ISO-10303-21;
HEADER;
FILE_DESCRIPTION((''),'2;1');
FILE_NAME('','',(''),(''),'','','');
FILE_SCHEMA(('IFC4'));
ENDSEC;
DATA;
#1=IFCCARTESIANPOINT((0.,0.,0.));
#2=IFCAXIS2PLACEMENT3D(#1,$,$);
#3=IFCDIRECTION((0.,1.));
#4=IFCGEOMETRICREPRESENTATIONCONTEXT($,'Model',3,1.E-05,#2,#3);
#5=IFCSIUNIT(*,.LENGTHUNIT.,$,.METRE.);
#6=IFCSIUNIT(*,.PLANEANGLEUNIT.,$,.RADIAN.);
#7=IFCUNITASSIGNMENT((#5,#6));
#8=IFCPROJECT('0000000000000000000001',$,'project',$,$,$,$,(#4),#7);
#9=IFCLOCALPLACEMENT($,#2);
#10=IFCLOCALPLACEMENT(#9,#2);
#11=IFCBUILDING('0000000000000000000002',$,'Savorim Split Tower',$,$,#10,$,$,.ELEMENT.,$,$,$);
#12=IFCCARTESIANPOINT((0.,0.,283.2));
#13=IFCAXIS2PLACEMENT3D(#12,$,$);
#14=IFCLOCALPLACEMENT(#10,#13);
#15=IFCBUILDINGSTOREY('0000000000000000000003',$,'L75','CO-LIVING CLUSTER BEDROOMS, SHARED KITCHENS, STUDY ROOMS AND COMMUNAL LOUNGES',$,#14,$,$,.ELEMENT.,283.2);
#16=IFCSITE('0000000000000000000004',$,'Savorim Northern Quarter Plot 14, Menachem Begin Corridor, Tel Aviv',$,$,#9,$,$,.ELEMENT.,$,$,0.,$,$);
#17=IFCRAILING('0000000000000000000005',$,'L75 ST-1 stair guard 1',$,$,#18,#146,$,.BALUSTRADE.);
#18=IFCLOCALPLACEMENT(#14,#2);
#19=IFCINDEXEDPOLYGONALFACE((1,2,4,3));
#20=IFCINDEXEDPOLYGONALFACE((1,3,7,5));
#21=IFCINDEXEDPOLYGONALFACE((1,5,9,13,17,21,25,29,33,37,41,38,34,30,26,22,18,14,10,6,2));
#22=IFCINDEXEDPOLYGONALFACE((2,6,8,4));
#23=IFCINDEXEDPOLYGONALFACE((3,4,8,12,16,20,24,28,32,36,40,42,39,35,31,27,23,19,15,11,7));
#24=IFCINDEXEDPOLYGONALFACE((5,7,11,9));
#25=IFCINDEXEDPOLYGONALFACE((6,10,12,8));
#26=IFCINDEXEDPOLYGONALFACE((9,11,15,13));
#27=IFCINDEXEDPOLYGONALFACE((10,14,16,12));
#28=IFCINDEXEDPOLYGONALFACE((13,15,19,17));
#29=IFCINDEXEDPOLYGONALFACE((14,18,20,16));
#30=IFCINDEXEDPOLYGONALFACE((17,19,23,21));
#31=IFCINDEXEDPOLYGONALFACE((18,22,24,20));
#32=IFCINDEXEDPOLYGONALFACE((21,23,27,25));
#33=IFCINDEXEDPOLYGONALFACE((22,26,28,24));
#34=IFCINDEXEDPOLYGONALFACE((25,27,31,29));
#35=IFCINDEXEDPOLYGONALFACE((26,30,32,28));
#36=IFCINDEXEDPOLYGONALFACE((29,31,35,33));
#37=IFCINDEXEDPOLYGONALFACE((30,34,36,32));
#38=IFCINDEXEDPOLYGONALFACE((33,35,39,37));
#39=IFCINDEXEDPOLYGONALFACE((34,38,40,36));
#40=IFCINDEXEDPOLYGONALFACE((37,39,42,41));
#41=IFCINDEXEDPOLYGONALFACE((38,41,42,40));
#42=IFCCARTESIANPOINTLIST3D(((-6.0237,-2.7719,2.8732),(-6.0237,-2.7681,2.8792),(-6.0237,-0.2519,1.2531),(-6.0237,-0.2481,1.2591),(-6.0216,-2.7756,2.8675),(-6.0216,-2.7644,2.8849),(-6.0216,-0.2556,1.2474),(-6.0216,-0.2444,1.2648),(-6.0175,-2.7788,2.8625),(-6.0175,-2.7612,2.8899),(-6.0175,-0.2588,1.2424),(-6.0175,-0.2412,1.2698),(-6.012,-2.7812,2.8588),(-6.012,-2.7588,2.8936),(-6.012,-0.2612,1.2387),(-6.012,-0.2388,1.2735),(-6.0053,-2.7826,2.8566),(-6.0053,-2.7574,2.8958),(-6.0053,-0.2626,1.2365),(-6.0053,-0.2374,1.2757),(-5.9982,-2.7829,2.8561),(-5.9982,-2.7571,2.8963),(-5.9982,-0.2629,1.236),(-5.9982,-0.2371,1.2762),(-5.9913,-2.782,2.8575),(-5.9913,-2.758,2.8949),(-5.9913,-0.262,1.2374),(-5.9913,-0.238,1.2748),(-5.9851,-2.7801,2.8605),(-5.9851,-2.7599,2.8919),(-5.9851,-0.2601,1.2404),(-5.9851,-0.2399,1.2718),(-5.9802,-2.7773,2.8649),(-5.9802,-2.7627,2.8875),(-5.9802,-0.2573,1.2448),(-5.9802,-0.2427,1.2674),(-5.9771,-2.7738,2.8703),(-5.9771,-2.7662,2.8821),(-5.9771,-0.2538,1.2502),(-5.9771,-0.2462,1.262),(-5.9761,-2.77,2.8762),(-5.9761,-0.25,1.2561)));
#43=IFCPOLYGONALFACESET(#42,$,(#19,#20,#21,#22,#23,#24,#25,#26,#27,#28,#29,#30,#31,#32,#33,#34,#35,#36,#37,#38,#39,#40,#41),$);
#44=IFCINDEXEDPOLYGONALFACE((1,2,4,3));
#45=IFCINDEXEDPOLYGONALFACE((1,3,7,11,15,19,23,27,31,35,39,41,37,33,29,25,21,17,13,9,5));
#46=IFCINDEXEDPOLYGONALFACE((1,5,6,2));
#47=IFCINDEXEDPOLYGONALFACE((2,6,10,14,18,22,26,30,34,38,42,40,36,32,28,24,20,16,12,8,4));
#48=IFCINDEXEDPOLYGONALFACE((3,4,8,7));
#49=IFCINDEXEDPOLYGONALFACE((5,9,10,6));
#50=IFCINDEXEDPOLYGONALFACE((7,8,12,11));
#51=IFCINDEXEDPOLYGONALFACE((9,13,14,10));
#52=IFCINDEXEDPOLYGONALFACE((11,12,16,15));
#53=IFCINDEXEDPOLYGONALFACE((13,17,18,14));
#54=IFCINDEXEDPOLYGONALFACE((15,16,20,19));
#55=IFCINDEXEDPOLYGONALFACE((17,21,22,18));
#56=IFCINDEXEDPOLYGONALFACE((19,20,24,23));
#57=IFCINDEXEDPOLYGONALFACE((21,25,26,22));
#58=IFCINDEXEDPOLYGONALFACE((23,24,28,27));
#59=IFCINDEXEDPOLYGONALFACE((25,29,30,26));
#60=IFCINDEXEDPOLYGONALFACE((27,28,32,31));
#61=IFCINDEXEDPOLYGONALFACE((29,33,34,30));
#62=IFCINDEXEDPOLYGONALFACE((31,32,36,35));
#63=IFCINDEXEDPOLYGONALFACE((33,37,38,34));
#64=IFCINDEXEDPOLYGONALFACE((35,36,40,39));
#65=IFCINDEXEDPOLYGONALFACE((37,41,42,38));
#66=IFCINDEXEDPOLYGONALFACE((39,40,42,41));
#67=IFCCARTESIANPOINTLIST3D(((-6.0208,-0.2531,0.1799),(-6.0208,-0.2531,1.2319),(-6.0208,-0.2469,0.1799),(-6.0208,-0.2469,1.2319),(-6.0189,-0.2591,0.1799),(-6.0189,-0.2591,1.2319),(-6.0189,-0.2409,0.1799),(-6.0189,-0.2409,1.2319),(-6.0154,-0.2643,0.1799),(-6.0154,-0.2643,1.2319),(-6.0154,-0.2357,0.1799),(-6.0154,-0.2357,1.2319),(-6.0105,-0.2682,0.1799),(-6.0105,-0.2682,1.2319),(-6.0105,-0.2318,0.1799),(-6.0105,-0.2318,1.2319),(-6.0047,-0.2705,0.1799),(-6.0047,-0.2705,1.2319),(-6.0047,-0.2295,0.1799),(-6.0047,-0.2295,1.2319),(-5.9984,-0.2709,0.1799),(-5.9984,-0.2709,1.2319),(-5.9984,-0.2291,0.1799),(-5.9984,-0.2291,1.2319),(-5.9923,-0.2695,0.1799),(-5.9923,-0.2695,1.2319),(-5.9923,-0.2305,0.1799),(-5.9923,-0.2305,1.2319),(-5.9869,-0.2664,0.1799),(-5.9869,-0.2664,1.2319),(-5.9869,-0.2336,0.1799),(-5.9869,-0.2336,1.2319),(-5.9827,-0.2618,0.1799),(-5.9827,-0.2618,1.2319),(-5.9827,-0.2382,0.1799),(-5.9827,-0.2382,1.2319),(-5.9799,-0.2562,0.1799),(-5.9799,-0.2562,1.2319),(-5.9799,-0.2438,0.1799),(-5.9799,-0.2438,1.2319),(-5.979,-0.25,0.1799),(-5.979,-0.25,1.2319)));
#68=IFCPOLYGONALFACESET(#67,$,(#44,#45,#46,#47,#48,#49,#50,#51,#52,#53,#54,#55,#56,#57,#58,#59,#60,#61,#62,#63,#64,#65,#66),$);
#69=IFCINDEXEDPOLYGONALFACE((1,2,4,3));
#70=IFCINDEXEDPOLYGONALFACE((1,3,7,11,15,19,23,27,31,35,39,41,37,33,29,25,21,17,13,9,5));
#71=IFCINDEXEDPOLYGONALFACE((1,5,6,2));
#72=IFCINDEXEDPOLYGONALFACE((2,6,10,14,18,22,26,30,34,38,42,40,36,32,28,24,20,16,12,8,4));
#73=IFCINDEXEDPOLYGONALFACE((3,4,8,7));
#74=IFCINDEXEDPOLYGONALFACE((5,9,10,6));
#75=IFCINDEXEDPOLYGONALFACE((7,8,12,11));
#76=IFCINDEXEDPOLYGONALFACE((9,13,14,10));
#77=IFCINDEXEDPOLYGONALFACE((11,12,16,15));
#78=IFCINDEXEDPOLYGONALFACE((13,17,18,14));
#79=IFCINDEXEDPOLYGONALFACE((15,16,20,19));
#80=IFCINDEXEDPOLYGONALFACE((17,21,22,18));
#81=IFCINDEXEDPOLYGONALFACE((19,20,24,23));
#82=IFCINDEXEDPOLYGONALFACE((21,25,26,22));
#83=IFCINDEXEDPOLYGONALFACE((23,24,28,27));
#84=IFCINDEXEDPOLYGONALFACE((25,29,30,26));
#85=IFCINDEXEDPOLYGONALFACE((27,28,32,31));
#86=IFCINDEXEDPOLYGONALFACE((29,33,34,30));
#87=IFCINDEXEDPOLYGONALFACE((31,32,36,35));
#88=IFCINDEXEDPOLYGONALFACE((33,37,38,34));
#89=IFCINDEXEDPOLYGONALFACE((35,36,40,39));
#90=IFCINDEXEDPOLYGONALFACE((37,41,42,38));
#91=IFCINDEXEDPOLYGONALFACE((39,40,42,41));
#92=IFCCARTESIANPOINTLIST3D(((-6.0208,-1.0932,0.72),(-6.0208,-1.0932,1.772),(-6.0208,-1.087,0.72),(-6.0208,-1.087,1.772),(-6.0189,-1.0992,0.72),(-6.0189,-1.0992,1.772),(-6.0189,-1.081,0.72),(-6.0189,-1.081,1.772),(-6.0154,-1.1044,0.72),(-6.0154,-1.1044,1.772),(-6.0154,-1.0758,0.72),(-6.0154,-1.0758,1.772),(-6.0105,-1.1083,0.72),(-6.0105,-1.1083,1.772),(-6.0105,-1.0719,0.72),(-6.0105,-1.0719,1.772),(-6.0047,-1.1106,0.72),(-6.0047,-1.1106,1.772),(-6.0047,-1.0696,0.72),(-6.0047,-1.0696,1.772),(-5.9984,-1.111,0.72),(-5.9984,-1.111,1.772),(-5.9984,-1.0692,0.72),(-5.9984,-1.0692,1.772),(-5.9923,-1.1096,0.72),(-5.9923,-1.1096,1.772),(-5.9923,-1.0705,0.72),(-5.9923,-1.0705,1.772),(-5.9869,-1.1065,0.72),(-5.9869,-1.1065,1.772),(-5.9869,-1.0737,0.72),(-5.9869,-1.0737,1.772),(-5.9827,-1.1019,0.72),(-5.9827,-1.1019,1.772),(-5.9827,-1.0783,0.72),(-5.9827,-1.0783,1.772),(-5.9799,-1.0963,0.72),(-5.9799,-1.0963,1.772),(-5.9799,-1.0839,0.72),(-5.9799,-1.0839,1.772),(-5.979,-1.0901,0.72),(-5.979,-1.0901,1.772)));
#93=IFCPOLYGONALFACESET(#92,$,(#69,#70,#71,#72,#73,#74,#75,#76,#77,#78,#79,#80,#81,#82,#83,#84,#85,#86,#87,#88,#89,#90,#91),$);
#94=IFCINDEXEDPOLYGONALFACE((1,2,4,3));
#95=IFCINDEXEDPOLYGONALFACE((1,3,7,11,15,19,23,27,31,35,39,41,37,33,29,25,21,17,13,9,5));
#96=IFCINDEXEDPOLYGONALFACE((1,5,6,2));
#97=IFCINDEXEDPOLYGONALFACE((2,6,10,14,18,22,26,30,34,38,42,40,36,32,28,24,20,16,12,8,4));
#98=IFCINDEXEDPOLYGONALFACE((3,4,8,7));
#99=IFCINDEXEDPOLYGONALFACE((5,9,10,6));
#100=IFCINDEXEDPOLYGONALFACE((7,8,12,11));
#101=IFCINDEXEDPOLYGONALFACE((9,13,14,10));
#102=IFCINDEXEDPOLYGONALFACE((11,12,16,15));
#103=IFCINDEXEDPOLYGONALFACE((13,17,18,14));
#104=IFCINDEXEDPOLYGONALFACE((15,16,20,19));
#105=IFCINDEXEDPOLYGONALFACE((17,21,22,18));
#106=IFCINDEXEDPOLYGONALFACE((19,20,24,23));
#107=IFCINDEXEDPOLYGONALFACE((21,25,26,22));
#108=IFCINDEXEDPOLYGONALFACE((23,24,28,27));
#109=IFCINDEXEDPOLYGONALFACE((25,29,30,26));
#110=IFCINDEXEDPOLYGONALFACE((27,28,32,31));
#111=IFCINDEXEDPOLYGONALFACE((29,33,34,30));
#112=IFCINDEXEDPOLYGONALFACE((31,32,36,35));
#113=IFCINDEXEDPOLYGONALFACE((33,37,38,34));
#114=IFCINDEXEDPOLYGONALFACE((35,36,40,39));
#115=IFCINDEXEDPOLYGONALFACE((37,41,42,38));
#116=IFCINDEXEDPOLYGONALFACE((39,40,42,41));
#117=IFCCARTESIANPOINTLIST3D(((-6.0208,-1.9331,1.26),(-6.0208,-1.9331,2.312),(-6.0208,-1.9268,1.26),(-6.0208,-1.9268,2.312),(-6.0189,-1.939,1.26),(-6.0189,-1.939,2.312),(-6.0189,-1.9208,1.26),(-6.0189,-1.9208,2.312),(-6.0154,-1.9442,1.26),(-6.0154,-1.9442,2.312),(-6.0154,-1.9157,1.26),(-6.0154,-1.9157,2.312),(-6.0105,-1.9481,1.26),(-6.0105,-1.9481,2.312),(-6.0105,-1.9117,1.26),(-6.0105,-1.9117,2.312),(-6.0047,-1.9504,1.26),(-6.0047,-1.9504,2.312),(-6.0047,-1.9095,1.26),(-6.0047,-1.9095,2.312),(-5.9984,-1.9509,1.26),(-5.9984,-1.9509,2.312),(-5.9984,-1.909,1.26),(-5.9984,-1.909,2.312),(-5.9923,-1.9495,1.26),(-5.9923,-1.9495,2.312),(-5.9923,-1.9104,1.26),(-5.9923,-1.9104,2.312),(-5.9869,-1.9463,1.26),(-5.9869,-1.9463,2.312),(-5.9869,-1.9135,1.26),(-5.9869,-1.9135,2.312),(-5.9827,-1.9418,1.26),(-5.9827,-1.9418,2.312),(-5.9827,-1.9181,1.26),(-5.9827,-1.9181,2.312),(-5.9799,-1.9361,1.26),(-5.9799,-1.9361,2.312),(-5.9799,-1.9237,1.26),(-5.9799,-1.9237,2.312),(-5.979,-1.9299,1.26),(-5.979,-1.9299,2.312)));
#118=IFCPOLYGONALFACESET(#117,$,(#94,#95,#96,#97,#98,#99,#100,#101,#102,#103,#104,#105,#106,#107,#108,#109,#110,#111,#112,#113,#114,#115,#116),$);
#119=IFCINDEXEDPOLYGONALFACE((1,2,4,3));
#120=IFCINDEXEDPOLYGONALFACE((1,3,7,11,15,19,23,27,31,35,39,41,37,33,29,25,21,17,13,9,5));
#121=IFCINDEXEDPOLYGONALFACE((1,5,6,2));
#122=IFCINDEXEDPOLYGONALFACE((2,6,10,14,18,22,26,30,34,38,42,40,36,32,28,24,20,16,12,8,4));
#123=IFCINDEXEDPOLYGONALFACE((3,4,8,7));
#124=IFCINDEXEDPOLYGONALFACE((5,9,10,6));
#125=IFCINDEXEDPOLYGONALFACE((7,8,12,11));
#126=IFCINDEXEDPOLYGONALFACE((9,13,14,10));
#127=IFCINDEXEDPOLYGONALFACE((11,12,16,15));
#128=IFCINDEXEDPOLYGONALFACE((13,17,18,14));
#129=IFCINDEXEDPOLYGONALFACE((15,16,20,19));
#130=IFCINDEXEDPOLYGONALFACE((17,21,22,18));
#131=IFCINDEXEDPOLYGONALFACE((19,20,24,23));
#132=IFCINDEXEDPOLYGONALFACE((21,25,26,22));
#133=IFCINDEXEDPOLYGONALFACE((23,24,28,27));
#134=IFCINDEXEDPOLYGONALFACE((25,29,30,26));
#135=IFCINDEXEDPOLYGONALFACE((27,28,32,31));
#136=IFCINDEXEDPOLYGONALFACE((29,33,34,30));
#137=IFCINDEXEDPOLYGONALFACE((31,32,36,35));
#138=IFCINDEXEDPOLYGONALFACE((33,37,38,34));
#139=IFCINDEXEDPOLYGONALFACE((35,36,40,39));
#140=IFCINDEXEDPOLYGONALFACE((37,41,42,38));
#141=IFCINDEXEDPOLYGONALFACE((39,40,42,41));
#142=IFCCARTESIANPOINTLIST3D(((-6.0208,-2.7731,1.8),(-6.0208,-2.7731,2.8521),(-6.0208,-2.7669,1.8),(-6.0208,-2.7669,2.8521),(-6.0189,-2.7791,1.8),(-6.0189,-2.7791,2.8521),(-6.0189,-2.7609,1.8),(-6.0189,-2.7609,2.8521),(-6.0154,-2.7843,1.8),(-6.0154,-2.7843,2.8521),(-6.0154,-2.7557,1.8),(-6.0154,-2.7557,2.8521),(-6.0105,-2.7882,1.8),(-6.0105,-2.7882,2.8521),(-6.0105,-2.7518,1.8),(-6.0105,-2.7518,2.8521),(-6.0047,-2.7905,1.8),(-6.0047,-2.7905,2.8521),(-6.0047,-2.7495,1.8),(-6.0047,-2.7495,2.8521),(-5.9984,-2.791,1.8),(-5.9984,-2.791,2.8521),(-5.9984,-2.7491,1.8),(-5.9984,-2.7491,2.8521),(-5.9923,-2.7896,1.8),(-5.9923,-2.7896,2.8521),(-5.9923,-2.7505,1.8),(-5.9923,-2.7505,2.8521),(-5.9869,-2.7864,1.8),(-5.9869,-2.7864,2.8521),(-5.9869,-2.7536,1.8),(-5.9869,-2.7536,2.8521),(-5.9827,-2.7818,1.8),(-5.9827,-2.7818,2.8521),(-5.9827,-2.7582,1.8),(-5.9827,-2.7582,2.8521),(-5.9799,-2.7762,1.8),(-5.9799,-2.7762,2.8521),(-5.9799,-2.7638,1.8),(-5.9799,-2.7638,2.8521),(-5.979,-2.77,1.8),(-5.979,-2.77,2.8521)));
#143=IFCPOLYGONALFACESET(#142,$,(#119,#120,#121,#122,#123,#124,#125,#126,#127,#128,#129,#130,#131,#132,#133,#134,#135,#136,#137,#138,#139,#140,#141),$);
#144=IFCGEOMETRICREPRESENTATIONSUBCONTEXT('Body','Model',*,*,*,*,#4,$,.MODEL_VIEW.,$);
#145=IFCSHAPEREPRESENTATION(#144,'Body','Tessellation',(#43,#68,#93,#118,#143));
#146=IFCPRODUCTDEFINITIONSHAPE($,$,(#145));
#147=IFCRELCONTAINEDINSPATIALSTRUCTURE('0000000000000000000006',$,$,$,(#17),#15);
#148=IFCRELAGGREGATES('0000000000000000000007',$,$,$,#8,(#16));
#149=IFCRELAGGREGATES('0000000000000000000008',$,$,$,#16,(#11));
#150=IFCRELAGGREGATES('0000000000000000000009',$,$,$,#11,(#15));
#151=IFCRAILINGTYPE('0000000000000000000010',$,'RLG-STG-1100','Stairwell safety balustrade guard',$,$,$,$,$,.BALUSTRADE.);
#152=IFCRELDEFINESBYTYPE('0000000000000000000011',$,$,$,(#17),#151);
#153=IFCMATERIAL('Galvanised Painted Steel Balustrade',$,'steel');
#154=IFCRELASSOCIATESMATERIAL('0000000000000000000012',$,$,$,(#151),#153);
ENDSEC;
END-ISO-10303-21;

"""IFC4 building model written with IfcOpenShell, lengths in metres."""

from ifc_helpers import new_model, si_unit, direction, frame, origin, origin_2d, place, context, subcontext, project, spatial, circle, extrude, material, type_object, element, save


model = new_model("IFC4")

# Units and contexts
model_context = context("Model", 3, precision=1e-05, world=origin(), true_north=direction((0.0, 1.0)))
body_context = subcontext(model_context, "Body", "Model", "MODEL_VIEW")
ifc_project = project(units=[si_unit("LENGTHUNIT", "METRE"), si_unit("PLANEANGLEUNIT", "RADIAN")], contexts=[model_context])

# Site, building, storey
site_placement = place(None, origin())
site = spatial("IfcSite", under=ifc_project, at=site_placement, Name="Savorim Northern Quarter Plot 14, Menachem Begin Corridor, Tel Aviv", CompositionType="ELEMENT", RefElevation=0.0)
building_placement = place(site_placement, origin())
building = spatial("IfcBuilding", under=site, at=building_placement, Name="Savorim Split Tower", CompositionType="ELEMENT")
storey_placement = place(building_placement, frame((0.0, 0.0, 283.2)))
storey = spatial("IfcBuildingStorey", under=building, at=storey_placement, Name="L75", Description="CO-LIVING CLUSTER BEDROOMS, SHARED KITCHENS, STUDY ROOMS AND COMMUNAL LOUNGES", CompositionType="ELEMENT", Elevation=283.2)

# Railing
ifc_material_1 = material(Name="Galvanised Painted Steel Balustrade", Category="steel")
railing_type_1 = type_object("IfcRailingType", Name="RLG-STG-1100", Description="Stairwell safety balustrade guard", PredefinedType="BALUSTRADE", material=ifc_material_1)
railing_1_placement = place(storey_placement, frame((-6.0, -0.25, 0.1799)))
element("IfcRailing", 1, at=railing_1_placement, inside=storey, type_object=railing_type_1, Name="L75 ST-1 stair guard 1", PredefinedType="BALUSTRADE", context=body_context, shape_type="SweptSolid", body=[
    extrude(circle(Radius=0.0239, at=origin_2d()), frame((0.0, 0.0, 1.0762), z_axis=(0.0, -0.841163, 0.540782), x_axis=(1.0, 0.0, 0.0)), (0.0, 0.0, 1.0), 2.9958),
    extrude(circle(Radius=0.021, at=origin_2d()), origin(), (0.0, 0.0, 1.0), 1.052),
    extrude(circle(Radius=0.021, at=origin_2d()), frame((0.0, -0.8401, 0.54)), (0.0, 0.0, 1.0), 1.052),
    extrude(circle(Radius=0.021, at=origin_2d()), frame((0.0, -1.6799, 1.0801)), (0.0, 0.0, 1.0), 1.052),
    extrude(circle(Radius=0.021, at=origin_2d()), frame((0.0, -2.52, 1.6201)), (0.0, 0.0, 1.0), 1.052),
])

save(model, "model.ifc")
